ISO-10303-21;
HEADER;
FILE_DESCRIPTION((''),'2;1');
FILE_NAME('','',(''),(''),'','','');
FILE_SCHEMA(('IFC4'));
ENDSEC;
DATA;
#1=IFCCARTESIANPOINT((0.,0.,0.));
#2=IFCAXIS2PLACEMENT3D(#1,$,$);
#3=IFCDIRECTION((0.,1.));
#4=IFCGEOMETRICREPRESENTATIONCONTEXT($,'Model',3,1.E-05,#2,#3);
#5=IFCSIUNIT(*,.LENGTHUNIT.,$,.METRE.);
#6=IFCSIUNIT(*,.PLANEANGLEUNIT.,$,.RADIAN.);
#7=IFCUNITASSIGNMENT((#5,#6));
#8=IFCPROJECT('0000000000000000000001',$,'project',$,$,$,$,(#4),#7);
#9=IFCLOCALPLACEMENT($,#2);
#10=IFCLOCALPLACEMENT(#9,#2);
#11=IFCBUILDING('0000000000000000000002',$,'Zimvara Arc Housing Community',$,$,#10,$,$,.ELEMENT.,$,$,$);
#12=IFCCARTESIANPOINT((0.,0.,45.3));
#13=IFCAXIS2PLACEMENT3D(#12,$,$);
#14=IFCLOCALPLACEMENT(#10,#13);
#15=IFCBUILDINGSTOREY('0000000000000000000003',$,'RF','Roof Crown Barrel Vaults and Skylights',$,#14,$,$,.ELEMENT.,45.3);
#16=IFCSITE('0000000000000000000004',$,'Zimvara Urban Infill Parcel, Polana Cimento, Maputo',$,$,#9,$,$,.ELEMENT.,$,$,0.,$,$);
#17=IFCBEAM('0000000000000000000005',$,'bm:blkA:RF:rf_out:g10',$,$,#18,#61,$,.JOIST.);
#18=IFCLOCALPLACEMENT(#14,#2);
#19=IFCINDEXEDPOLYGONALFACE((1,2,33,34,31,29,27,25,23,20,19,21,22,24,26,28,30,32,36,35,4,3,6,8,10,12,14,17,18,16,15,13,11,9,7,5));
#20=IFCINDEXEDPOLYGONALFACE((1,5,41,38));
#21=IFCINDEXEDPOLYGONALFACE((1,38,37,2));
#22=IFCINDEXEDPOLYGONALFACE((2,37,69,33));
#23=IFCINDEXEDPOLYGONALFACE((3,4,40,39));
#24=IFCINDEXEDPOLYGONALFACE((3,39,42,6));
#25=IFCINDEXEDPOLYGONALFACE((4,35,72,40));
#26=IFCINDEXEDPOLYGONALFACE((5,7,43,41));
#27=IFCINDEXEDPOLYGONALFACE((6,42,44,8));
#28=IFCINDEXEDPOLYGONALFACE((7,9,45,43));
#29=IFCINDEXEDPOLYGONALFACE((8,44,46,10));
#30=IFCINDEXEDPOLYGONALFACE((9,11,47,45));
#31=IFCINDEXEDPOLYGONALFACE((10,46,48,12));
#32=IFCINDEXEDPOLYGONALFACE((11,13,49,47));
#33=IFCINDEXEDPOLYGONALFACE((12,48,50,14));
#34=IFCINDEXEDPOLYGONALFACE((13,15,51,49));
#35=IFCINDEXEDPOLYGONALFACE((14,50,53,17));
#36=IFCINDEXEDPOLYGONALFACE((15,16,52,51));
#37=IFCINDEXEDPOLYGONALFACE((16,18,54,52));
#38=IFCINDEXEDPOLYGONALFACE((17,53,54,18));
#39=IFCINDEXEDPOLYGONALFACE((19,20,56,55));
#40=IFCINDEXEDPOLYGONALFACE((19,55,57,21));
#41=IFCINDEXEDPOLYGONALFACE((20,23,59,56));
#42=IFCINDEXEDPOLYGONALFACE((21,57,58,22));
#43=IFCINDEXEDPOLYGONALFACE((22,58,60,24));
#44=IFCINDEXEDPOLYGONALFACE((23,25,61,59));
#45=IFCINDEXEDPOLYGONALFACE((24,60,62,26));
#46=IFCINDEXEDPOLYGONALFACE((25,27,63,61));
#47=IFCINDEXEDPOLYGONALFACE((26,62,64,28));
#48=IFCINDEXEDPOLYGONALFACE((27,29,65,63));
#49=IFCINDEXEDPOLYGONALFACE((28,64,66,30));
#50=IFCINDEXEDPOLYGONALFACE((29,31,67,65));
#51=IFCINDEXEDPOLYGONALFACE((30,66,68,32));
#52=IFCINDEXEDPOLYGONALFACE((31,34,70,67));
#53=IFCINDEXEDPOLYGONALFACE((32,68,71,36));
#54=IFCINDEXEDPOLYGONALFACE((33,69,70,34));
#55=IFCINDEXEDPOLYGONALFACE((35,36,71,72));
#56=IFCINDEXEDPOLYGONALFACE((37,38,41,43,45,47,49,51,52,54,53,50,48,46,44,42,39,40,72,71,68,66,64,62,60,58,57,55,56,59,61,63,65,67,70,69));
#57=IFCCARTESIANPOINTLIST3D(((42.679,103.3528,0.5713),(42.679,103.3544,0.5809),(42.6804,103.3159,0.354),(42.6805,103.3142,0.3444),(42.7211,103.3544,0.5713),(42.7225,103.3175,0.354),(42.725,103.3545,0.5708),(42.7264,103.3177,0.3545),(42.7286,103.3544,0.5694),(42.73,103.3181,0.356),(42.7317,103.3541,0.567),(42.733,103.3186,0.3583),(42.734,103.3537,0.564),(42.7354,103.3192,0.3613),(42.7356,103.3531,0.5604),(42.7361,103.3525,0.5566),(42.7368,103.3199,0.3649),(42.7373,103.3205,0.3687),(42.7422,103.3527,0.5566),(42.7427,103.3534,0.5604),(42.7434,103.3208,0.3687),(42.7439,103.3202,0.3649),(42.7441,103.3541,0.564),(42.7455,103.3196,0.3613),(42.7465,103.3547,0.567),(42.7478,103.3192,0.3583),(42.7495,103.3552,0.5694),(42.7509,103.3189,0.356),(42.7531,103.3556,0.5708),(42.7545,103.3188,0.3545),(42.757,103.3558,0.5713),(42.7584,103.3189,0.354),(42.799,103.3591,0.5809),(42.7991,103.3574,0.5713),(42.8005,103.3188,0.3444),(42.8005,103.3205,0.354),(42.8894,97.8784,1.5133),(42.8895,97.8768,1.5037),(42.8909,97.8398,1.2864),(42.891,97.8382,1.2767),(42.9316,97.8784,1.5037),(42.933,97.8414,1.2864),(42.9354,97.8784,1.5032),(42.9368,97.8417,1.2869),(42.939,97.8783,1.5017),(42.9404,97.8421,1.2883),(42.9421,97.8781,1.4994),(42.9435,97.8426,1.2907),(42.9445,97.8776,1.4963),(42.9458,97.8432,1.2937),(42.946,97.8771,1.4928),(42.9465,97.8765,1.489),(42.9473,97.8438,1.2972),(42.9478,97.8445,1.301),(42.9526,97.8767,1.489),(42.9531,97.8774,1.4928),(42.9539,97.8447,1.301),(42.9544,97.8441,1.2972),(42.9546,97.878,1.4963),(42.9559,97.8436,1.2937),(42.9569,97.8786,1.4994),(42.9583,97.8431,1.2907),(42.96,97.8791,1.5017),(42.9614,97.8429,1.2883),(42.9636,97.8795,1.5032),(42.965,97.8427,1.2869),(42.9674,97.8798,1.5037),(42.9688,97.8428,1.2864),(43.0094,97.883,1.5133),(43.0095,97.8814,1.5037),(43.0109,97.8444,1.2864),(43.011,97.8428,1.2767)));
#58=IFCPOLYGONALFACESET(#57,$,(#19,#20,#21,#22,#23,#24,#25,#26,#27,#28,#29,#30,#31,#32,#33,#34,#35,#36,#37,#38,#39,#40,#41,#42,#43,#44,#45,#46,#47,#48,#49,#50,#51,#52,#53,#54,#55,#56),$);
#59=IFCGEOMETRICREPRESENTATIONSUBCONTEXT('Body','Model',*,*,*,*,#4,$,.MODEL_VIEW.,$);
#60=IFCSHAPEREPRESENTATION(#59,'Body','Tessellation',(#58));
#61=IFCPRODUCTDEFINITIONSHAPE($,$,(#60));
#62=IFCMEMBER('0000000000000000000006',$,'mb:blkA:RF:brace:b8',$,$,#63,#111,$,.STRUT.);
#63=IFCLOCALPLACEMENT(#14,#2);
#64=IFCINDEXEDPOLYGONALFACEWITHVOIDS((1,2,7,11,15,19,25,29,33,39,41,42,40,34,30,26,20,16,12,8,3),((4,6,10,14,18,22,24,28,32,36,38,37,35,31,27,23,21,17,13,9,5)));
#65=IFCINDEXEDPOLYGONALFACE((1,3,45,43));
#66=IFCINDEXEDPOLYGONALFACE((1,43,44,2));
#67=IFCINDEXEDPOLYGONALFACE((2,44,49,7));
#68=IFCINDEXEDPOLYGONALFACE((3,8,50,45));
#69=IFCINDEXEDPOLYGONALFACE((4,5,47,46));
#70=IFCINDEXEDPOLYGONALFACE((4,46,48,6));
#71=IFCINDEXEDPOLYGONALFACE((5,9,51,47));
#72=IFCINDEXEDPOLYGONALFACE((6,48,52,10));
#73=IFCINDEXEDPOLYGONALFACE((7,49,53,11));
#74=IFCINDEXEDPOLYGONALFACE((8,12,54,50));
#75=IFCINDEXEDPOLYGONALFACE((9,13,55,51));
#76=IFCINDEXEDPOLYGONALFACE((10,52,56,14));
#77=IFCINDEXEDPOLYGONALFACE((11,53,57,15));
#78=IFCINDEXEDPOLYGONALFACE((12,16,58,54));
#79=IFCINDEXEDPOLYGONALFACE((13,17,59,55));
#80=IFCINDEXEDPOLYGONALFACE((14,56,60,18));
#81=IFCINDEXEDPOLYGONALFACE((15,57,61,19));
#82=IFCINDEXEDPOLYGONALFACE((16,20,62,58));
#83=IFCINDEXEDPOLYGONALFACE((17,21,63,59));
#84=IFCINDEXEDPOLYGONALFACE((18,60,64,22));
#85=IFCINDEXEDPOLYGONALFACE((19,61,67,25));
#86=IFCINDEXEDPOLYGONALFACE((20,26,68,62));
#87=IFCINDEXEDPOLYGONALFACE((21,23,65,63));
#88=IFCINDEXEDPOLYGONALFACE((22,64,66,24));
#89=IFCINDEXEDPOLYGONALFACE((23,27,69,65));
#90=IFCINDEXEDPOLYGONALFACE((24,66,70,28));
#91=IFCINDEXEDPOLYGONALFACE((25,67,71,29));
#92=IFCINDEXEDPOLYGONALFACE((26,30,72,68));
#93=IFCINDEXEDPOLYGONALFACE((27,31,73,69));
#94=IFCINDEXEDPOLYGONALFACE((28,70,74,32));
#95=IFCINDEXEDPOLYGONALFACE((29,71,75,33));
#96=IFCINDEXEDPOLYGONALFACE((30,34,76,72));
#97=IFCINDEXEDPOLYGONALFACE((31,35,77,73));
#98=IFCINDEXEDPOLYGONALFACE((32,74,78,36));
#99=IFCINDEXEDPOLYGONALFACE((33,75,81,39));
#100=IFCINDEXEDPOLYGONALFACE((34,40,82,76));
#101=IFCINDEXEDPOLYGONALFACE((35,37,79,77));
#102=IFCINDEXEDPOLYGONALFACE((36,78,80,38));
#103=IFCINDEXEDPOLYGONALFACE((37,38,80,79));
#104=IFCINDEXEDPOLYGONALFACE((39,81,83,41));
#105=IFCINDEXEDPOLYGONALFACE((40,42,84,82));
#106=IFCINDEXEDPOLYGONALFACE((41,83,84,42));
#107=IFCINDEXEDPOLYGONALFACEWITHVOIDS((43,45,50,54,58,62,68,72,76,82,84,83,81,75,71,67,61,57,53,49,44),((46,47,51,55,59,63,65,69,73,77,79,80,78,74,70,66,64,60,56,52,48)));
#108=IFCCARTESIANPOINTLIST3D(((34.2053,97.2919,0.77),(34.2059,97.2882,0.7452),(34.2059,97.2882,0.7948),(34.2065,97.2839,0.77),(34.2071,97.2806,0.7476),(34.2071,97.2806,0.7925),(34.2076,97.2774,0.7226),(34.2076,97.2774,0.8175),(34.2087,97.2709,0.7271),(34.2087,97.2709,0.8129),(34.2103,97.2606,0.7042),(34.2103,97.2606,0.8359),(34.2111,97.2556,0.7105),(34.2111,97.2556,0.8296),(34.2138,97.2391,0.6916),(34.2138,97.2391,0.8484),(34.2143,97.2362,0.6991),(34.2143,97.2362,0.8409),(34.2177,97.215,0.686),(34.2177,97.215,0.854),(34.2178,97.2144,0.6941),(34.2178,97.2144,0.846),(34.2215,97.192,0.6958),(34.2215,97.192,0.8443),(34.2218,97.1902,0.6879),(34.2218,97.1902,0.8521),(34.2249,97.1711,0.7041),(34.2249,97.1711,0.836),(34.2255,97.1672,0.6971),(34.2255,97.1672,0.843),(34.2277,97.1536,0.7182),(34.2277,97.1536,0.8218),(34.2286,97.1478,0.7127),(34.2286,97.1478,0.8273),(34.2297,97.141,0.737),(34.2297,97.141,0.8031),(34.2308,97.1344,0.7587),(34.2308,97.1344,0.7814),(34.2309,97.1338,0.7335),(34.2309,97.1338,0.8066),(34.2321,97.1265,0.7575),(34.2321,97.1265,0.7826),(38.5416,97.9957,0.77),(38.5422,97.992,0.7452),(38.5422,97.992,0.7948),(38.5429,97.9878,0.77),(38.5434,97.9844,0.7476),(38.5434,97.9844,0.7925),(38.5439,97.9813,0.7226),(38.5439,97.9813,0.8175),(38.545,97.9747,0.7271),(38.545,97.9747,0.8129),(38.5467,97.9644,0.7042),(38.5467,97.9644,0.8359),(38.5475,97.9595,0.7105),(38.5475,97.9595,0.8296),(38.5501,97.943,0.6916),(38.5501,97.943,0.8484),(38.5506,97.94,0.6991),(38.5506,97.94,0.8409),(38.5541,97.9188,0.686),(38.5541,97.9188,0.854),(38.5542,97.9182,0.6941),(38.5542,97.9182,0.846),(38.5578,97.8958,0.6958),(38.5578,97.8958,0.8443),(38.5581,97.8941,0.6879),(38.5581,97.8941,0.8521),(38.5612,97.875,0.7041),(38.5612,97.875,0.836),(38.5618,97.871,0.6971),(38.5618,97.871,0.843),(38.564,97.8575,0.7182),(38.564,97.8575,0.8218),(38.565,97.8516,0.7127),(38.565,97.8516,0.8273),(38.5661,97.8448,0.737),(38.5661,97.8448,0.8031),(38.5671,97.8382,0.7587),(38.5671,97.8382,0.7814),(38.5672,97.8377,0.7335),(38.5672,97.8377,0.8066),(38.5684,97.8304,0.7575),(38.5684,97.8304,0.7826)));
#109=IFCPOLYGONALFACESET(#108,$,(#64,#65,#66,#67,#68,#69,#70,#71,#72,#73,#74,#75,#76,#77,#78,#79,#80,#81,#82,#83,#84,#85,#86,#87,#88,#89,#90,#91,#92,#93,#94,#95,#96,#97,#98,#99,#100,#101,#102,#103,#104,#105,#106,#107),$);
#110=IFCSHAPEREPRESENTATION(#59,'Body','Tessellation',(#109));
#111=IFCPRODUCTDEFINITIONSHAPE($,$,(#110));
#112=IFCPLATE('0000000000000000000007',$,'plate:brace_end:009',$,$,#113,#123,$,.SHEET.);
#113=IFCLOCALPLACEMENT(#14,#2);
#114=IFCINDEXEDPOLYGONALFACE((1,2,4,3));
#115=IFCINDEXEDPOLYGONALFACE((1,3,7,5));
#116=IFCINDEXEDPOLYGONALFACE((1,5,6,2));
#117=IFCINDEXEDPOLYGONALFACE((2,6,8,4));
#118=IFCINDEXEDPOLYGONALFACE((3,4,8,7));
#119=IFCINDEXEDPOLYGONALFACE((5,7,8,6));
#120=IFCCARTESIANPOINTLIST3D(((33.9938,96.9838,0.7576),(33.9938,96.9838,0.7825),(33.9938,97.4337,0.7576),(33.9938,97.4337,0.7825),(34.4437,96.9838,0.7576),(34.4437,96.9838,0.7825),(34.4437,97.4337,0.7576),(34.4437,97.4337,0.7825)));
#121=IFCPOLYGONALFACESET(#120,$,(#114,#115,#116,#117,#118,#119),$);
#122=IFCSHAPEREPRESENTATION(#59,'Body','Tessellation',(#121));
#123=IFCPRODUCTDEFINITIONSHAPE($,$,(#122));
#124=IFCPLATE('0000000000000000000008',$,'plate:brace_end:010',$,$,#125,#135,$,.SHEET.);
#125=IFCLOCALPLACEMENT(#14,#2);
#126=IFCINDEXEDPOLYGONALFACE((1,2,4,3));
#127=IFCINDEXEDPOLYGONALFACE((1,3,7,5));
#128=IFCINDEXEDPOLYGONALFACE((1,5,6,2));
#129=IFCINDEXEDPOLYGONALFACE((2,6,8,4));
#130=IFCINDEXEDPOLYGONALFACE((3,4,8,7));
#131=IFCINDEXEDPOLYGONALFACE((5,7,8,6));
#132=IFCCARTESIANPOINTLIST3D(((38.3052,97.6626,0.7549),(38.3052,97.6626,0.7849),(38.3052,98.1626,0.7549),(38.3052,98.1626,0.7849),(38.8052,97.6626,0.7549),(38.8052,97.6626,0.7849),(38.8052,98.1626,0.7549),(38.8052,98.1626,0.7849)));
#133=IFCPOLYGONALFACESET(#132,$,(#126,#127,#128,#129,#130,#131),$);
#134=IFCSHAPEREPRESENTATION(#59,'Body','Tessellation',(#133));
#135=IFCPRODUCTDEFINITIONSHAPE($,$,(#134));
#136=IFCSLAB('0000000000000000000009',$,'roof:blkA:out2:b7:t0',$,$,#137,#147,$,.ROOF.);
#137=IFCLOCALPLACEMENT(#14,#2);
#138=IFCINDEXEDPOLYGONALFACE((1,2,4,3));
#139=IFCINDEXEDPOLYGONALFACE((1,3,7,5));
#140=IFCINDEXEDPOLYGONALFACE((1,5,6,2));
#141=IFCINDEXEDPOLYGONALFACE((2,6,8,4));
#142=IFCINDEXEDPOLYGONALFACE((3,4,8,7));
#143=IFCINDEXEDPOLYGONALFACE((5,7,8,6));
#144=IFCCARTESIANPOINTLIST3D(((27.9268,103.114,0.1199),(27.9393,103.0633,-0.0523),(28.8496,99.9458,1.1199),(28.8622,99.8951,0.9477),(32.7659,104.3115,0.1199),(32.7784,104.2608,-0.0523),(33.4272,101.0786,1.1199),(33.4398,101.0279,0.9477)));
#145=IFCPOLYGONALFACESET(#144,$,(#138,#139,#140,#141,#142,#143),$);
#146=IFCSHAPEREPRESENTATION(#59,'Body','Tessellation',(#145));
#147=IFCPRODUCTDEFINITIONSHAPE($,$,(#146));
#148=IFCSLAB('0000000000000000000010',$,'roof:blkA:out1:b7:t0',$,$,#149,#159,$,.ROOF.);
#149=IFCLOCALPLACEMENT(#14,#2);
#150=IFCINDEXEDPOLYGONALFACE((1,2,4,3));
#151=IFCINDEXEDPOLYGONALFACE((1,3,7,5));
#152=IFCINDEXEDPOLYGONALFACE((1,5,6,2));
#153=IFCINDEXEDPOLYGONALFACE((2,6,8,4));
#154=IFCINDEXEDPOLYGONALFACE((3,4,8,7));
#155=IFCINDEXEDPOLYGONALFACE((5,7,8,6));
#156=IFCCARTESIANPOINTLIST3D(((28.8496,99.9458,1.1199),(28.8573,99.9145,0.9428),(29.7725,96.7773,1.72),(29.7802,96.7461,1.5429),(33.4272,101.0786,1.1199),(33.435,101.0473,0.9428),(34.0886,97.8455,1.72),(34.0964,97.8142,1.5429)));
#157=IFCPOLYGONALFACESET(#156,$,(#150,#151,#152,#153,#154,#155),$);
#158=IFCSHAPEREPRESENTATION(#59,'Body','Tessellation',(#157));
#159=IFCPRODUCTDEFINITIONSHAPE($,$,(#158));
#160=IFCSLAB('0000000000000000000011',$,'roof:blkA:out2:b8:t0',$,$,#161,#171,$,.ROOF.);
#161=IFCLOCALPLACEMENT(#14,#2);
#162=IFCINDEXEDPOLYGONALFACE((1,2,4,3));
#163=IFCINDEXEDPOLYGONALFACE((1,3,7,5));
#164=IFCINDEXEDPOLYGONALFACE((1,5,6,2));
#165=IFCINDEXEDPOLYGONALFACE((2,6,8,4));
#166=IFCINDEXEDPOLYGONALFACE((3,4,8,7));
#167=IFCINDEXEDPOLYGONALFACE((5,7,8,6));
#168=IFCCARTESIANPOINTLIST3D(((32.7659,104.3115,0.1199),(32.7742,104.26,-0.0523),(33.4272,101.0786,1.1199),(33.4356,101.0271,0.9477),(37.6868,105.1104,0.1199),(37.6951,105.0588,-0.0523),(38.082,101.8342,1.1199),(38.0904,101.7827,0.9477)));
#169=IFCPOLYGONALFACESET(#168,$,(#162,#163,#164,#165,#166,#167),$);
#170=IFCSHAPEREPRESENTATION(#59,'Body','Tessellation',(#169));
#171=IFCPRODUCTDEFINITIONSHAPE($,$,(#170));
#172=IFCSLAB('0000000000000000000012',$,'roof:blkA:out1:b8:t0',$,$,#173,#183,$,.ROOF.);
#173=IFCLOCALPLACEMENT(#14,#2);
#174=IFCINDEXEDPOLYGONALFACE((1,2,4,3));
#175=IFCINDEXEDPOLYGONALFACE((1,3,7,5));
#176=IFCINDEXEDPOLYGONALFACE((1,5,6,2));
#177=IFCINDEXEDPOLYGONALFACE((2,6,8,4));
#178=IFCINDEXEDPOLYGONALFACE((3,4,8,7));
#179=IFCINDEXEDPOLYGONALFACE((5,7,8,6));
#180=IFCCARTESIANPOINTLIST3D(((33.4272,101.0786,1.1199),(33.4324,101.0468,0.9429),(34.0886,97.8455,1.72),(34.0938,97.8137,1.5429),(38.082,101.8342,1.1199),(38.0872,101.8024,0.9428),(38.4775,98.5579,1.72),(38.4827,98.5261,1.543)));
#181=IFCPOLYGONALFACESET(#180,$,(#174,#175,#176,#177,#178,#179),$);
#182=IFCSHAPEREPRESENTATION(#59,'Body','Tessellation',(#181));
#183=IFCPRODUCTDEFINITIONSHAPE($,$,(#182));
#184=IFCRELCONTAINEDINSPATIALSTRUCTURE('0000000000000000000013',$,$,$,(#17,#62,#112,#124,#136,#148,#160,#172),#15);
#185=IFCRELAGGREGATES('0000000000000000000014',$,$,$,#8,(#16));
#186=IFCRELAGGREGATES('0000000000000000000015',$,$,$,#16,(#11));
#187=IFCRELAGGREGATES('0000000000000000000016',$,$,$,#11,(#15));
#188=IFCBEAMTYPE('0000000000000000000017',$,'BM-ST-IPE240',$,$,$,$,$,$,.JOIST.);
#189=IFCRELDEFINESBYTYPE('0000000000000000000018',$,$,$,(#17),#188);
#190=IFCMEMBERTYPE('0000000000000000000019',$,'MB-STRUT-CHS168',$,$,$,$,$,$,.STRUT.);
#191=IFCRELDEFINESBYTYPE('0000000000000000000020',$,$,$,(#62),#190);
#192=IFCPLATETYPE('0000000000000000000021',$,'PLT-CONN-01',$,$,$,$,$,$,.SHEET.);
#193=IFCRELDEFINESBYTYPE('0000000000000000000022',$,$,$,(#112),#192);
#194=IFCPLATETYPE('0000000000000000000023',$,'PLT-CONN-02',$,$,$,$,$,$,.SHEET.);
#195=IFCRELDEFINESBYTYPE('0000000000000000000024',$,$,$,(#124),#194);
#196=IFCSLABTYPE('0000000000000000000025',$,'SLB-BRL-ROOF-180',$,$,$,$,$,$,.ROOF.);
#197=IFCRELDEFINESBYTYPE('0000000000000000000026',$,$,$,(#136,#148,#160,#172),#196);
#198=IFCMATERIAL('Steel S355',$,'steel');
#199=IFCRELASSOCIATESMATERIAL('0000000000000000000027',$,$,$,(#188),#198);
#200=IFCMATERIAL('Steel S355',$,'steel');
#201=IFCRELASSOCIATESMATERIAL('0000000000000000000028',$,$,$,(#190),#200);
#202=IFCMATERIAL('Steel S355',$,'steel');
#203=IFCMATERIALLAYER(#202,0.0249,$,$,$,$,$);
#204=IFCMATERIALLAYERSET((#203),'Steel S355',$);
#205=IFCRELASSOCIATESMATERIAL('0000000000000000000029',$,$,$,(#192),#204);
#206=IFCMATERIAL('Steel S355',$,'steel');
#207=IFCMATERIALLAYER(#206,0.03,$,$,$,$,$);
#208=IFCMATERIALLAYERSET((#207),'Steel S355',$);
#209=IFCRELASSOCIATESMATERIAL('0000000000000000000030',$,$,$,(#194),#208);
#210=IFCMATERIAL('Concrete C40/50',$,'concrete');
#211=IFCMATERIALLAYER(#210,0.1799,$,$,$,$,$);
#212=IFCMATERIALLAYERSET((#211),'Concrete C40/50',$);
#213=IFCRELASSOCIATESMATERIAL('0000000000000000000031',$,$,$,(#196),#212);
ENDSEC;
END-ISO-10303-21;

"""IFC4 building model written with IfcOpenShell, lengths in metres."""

from ifc_helpers import new_model, si_unit, direction, frame, origin, origin_2d, place, context, subcontext, project, spatial, polyline, rectangle, hollow_circle, i_section, outline, extrude, material, layer, layer_set, material_profile, profile_set, type_object, element, save


model = new_model("IFC4")

# Units and contexts
model_context = context("Model", 3, precision=1e-05, world=origin(), true_north=direction((0.0, 1.0)))
body_context = subcontext(model_context, "Body", "Model", "MODEL_VIEW")
ifc_project = project(units=[si_unit("LENGTHUNIT", "METRE"), si_unit("PLANEANGLEUNIT", "RADIAN")], contexts=[model_context])

# Site, building, storey
site_placement = place(None, origin())
site = spatial("IfcSite", under=ifc_project, at=site_placement, Name="Zimvara Urban Infill Parcel, Polana Cimento, Maputo", CompositionType="ELEMENT", RefElevation=0.0)
building_placement = place(site_placement, origin())
building = spatial("IfcBuilding", under=site, at=building_placement, Name="Zimvara Arc Housing Community", CompositionType="ELEMENT")
storey_placement = place(building_placement, frame((0.0, 0.0, 45.3)))
storey = spatial("IfcBuildingStorey", under=building, at=storey_placement, Name="RF", Description="Roof Crown Barrel Vaults and Skylights", CompositionType="ELEMENT", Elevation=45.3)

# Beam
ifc_material_1 = material(Name="Steel S355", Category="steel")
ifc_material_profile_1 = material_profile(ifc_material_1, i_section(OverallWidth=0.1201, OverallDepth=0.24, WebThickness=0.0061, FlangeThickness=0.0098, FilletRadius=0.0149, at=origin_2d()), Name="IPE 240")
ifc_profile_set_1 = profile_set([ifc_material_profile_1], Name="Steel S355")
beam_type_1 = type_object("IfcBeamType", Name="BM-ST-IPE240", PredefinedType="JOIST", material=ifc_profile_set_1)
for number, where, z_axis, x_axis, name in (
    (1, (42.9502, 97.8606, 1.395), (-0.037858, 0.985106, -0.167727), (-0.999262, -0.038402, 0.0), "bm:blkA:RF:rf_out:g10"),
):
    element("IfcBeam", number, at=place(storey_placement, frame(where, z_axis=z_axis, x_axis=x_axis)), inside=storey, type_object=beam_type_1, Name=name, PredefinedType="JOIST", context=body_context, shape_type="SweptSolid", body=[
        extrude(i_section(OverallWidth=0.1201, OverallDepth=0.24, WebThickness=0.0061, FlangeThickness=0.0098, FilletRadius=0.0149, at=origin_2d()), origin(), (0.0, 0.0, 1.0), 5.5588),
    ])

# Member
ifc_material_2 = material(Name="Steel S355", Category="steel")
ifc_material_profile_2 = material_profile(ifc_material_2, hollow_circle(Radius=0.0842, WallThickness=0.0081, at=origin_2d()), Name="CHS 168.3x8.0")
ifc_profile_set_2 = profile_set([ifc_material_profile_2], Name="Steel S355")
member_type = type_object("IfcMemberType", Name="MB-STRUT-CHS168", PredefinedType="STRUT", material=ifc_profile_set_2)
member_placement = place(storey_placement, frame((34.2188, 97.2087, 0.77), z_axis=(0.987082, 0.160216, 0.0), x_axis=(-0.160216, 0.987082, 0.0)))
element("IfcMember", 2, at=member_placement, inside=storey, type_object=member_type, Name="mb:blkA:RF:brace:b8", PredefinedType="STRUT", context=body_context, shape_type="SweptSolid", body=[
    extrude(hollow_circle(Radius=0.0842, WallThickness=0.0081, at=origin_2d()), origin(), (0.0, 0.0, 1.0), 4.3931),
])

# Plates
ifc_material_3 = material(Name="Steel S355", Category="steel")
ifc_layer_1 = layer(ifc_material_3, 0.0249)
ifc_layer_set_1 = layer_set([ifc_layer_1], Name="Steel S355")
plate_type_1 = type_object("IfcPlateType", Name="PLT-CONN-01", PredefinedType="SHEET", material=ifc_layer_set_1)
plate_1_placement = place(storey_placement, frame((34.2188, 97.2087, 0.7576), z_axis=(0.0, 0.0, 1.0), x_axis=(1.0, 0.0, 0.0)))
element("IfcPlate", 3, at=plate_1_placement, inside=storey, type_object=plate_type_1, Name="plate:brace_end:009", PredefinedType="SHEET", context=body_context, shape_type="SweptSolid", body=[
    extrude(rectangle(XDim=0.45, YDim=0.45, at=origin_2d()), origin(), (0.0, 0.0, 1.0), 0.0249),
])
ifc_material_4 = material(Name="Steel S355", Category="steel")
ifc_layer_2 = layer(ifc_material_4, 0.03)
ifc_layer_set_2 = layer_set([ifc_layer_2], Name="Steel S355")
plate_type_2 = type_object("IfcPlateType", Name="PLT-CONN-02", PredefinedType="SHEET", material=ifc_layer_set_2)
plate_2_placement = place(storey_placement, frame((38.5552, 97.9126, 0.7549), z_axis=(0.0, 0.0, 1.0), x_axis=(1.0, 0.0, 0.0)))
element("IfcPlate", 4, at=plate_2_placement, inside=storey, type_object=plate_type_2, Name="plate:brace_end:010", PredefinedType="SHEET", context=body_context, shape_type="SweptSolid", body=[
    extrude(rectangle(XDim=0.5, YDim=0.5, at=origin_2d()), origin(), (0.0, 0.0, 1.0), 0.03),
])

# Slabs
ifc_material_5 = material(Name="Concrete C40/50", Category="concrete")
ifc_layer_3 = layer(ifc_material_5, 0.1799)
ifc_layer_set_3 = layer_set([ifc_layer_3], Name="Concrete C40/50")
slab_type = type_object("IfcSlabType", Name="SLB-BRL-ROOF-180", PredefinedType="ROOF", material=ifc_layer_set_3)
slab_1_placement = place(storey_placement, frame((32.7659, 104.3115, 0.1199), z_axis=(-0.069721, 0.28174, 0.956954), x_axis=(-0.970719, -0.240219, 0.0)))
element("IfcSlab", 5, at=slab_1_placement, inside=storey, type_object=slab_type, Name="roof:blkA:out2:b7:t0", PredefinedType="ROOF", context=body_context, shape_type="SweptSolid", body=[
    extrude(outline(polyline([(0.0, 0.0), (4.9851, 0.0), (4.8503, 3.4454), (0.1346, 3.4454), (0.0, 0.0)])), origin(), (0.0, 0.0, -1.0), 0.1799),
])
slab_2_placement = place(storey_placement, frame((33.4272, 101.0786, 1.1199), z_axis=(-0.043012, 0.173809, 0.98384), x_axis=(-0.970718, -0.24022, 0.0)))
element("IfcSlab", 6, at=slab_2_placement, inside=storey, type_object=slab_type, Name="roof:blkA:out1:b7:t0", PredefinedType="ROOF", context=body_context, shape_type="SweptSolid", body=[
    extrude(outline(polyline([(0.0, 0.0), (4.7157, 0.0), (4.581, 3.3515), (0.1347, 3.3515), (0.0, 0.0)])), origin(), (0.0, 0.0, -1.0), 0.1799),
])
slab_3_placement = place(storey_placement, frame((37.6868, 105.1104, 0.1199), z_axis=(-0.046506, 0.286489, 0.956954), x_axis=(-0.987079, -0.160236, 0.0)))
element("IfcSlab", 7, at=slab_3_placement, inside=storey, type_object=slab_type, Name="roof:blkA:out2:b8:t0", PredefinedType="ROOF", context=body_context, shape_type="SweptSolid", body=[
    extrude(outline(polyline([(0.0, 0.0), (4.9853, 0.0), (4.8505, 3.4454), (0.1348, 3.4454), (0.0, 0.0)])), origin(), (0.0, 0.0, -1.0), 0.1799),
])
slab_4_placement = place(storey_placement, frame((38.082, 101.8342, 1.1199), z_axis=(-0.028689, 0.176738, 0.98384), x_axis=(-0.987079, -0.160233, 0.000001)))
element("IfcSlab", 8, at=slab_4_placement, inside=storey, type_object=slab_type, Name="roof:blkA:out1:b8:t0", PredefinedType="ROOF", context=body_context, shape_type="SweptSolid", body=[
    extrude(outline(polyline([(0.0, 0.0), (4.7157, 0.0), (4.5809, 3.3515), (0.1346, 3.3516), (0.0, 0.0)])), origin(), (0.0, 0.0, -1.0), 0.1799),
])

save(model, "model.ifc")
